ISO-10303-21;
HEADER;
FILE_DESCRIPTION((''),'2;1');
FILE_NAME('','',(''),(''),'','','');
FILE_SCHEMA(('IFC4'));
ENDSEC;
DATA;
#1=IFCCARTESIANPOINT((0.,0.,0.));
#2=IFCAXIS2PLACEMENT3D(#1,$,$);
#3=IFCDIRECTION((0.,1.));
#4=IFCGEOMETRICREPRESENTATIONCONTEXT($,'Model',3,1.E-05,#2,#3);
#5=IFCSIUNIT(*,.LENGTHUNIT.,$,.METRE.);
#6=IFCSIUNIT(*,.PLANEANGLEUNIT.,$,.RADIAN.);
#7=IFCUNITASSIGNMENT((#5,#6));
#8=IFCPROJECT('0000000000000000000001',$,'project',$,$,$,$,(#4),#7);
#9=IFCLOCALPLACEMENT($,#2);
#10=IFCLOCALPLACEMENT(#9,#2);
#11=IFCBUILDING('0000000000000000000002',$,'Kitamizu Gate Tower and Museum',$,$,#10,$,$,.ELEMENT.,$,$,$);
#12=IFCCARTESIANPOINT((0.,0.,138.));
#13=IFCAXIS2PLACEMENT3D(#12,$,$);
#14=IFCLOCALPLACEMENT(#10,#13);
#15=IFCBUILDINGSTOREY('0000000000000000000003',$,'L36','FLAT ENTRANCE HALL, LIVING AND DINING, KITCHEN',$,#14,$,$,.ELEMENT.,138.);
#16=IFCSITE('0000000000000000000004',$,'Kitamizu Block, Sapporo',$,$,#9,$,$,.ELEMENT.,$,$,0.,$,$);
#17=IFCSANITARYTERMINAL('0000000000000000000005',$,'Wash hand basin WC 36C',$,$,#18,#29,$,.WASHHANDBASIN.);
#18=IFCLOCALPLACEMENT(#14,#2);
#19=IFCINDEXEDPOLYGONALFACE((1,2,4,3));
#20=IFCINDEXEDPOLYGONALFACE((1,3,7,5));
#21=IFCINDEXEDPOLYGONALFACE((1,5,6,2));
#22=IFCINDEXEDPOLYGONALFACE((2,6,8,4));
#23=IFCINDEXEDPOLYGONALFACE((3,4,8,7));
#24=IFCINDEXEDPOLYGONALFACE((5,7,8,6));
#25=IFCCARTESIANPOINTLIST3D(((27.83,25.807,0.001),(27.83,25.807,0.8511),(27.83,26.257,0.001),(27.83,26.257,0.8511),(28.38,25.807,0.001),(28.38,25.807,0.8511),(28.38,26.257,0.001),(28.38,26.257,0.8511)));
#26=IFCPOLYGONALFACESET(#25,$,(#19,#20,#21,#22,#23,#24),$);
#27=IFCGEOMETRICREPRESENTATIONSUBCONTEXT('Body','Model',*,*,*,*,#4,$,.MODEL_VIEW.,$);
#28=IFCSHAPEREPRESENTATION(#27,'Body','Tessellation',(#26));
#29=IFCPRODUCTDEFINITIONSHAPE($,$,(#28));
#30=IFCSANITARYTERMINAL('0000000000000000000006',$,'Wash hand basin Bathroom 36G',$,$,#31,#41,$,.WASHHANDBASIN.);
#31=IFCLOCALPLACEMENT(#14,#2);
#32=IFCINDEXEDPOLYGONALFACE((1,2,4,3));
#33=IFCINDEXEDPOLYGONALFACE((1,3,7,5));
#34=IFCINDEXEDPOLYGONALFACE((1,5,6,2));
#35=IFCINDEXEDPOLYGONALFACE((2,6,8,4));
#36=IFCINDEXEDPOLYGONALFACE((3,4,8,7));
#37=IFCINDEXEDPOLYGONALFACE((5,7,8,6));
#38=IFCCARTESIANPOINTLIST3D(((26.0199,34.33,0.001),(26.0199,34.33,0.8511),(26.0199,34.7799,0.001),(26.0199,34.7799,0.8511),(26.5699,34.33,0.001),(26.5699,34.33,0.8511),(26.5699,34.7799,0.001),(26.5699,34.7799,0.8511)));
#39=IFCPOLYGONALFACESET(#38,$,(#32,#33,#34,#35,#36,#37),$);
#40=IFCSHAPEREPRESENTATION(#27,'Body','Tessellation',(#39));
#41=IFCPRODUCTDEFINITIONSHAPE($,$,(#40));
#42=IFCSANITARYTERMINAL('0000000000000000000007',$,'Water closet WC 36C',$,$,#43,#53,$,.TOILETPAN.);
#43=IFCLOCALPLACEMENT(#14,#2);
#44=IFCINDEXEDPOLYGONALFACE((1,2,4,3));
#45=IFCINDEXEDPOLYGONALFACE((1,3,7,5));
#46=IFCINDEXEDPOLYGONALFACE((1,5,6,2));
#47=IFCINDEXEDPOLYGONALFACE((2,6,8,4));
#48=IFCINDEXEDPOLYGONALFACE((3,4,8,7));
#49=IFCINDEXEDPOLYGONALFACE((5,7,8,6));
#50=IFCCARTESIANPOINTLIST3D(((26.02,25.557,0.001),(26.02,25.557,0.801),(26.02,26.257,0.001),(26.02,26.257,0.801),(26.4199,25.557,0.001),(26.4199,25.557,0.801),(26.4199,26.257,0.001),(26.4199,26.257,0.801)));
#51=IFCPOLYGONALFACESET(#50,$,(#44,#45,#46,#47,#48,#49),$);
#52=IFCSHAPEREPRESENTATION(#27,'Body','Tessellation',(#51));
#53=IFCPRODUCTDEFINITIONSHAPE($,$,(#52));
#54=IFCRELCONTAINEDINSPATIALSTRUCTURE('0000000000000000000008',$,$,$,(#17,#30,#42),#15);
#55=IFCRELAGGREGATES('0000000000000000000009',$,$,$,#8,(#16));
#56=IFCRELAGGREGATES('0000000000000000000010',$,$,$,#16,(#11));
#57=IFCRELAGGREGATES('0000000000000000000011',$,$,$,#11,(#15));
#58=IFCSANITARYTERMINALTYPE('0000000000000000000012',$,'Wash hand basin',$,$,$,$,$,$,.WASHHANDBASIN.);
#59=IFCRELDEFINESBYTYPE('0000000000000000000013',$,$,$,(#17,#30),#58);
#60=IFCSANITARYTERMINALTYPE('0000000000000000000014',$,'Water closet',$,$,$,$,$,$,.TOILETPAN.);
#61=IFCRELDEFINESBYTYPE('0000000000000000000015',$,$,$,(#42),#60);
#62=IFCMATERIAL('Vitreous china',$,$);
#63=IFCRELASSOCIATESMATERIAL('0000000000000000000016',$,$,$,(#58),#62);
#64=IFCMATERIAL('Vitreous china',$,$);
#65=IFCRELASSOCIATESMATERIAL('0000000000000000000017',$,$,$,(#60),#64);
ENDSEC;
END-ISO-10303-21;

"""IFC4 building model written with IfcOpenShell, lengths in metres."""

from ifc_helpers import new_model, si_unit, direction, frame, origin, origin_2d, place, context, subcontext, project, spatial, rectangle, extrude, material, type_object, element, save


model = new_model("IFC4")

# Units and contexts
model_context = context("Model", 3, precision=1e-05, world=origin(), true_north=direction((0.0, 1.0)))
body_context = subcontext(model_context, "Body", "Model", "MODEL_VIEW")
ifc_project = project(units=[si_unit("LENGTHUNIT", "METRE"), si_unit("PLANEANGLEUNIT", "RADIAN")], contexts=[model_context])

# Site, building, storey
site_placement = place(None, origin())
site = spatial("IfcSite", under=ifc_project, at=site_placement, Name="Kitamizu Block, Sapporo", CompositionType="ELEMENT", RefElevation=0.0)
building_placement = place(site_placement, origin())
building = spatial("IfcBuilding", under=site, at=building_placement, Name="Kitamizu Gate Tower and Museum", CompositionType="ELEMENT")
storey_placement = place(building_placement, frame((0.0, 0.0, 138.0)))
storey = spatial("IfcBuildingStorey", under=building, at=storey_placement, Name="L36", Description="FLAT ENTRANCE HALL, LIVING AND DINING, KITCHEN", CompositionType="ELEMENT", Elevation=138.0)

# Sanitary terminals
ifc_material_1 = material(Name="Vitreous china")
sanitary_terminal_type_1 = type_object("IfcSanitaryTerminalType", Name="Wash hand basin", PredefinedType="WASHHANDBASIN", material=ifc_material_1)
for number, where, z_axis, x_axis, name in (
    (1, (28.105, 26.032, 0.001), (0.0, 0.0, 1.0), (1.0, 0.0, 0.0), "Wash hand basin WC 36C"),
    (2, (26.2949, 34.5549, 0.001), (0.0, 0.0, 1.0), (1.0, 0.0, 0.0), "Wash hand basin Bathroom 36G"),
):
    element("IfcSanitaryTerminal", number, at=place(storey_placement, frame(where, z_axis=z_axis, x_axis=x_axis)), inside=storey, type_object=sanitary_terminal_type_1, Name=name, PredefinedType="WASHHANDBASIN", context=body_context, shape_type="SweptSolid", body=[
        extrude(rectangle(XDim=0.55, YDim=0.45, at=origin_2d()), origin(), (0.0, 0.0, 1.0), 0.8501),
    ])
ifc_material_2 = material(Name="Vitreous china")
sanitary_terminal_type_2 = type_object("IfcSanitaryTerminalType", Name="Water closet", PredefinedType="TOILETPAN", material=ifc_material_2)
sanitary_terminal_1_placement = place(storey_placement, frame((26.22, 25.907, 0.001), z_axis=(0.0, 0.0, 1.0), x_axis=(1.0, 0.0, 0.0)))
element("IfcSanitaryTerminal", 3, at=sanitary_terminal_1_placement, inside=storey, type_object=sanitary_terminal_type_2, Name="Water closet WC 36C", PredefinedType="TOILETPAN", context=body_context, shape_type="SweptSolid", body=[
    extrude(rectangle(XDim=0.3999, YDim=0.7, at=origin_2d()), origin(), (0.0, 0.0, 1.0), 0.8),
])

save(model, "model.ifc")
